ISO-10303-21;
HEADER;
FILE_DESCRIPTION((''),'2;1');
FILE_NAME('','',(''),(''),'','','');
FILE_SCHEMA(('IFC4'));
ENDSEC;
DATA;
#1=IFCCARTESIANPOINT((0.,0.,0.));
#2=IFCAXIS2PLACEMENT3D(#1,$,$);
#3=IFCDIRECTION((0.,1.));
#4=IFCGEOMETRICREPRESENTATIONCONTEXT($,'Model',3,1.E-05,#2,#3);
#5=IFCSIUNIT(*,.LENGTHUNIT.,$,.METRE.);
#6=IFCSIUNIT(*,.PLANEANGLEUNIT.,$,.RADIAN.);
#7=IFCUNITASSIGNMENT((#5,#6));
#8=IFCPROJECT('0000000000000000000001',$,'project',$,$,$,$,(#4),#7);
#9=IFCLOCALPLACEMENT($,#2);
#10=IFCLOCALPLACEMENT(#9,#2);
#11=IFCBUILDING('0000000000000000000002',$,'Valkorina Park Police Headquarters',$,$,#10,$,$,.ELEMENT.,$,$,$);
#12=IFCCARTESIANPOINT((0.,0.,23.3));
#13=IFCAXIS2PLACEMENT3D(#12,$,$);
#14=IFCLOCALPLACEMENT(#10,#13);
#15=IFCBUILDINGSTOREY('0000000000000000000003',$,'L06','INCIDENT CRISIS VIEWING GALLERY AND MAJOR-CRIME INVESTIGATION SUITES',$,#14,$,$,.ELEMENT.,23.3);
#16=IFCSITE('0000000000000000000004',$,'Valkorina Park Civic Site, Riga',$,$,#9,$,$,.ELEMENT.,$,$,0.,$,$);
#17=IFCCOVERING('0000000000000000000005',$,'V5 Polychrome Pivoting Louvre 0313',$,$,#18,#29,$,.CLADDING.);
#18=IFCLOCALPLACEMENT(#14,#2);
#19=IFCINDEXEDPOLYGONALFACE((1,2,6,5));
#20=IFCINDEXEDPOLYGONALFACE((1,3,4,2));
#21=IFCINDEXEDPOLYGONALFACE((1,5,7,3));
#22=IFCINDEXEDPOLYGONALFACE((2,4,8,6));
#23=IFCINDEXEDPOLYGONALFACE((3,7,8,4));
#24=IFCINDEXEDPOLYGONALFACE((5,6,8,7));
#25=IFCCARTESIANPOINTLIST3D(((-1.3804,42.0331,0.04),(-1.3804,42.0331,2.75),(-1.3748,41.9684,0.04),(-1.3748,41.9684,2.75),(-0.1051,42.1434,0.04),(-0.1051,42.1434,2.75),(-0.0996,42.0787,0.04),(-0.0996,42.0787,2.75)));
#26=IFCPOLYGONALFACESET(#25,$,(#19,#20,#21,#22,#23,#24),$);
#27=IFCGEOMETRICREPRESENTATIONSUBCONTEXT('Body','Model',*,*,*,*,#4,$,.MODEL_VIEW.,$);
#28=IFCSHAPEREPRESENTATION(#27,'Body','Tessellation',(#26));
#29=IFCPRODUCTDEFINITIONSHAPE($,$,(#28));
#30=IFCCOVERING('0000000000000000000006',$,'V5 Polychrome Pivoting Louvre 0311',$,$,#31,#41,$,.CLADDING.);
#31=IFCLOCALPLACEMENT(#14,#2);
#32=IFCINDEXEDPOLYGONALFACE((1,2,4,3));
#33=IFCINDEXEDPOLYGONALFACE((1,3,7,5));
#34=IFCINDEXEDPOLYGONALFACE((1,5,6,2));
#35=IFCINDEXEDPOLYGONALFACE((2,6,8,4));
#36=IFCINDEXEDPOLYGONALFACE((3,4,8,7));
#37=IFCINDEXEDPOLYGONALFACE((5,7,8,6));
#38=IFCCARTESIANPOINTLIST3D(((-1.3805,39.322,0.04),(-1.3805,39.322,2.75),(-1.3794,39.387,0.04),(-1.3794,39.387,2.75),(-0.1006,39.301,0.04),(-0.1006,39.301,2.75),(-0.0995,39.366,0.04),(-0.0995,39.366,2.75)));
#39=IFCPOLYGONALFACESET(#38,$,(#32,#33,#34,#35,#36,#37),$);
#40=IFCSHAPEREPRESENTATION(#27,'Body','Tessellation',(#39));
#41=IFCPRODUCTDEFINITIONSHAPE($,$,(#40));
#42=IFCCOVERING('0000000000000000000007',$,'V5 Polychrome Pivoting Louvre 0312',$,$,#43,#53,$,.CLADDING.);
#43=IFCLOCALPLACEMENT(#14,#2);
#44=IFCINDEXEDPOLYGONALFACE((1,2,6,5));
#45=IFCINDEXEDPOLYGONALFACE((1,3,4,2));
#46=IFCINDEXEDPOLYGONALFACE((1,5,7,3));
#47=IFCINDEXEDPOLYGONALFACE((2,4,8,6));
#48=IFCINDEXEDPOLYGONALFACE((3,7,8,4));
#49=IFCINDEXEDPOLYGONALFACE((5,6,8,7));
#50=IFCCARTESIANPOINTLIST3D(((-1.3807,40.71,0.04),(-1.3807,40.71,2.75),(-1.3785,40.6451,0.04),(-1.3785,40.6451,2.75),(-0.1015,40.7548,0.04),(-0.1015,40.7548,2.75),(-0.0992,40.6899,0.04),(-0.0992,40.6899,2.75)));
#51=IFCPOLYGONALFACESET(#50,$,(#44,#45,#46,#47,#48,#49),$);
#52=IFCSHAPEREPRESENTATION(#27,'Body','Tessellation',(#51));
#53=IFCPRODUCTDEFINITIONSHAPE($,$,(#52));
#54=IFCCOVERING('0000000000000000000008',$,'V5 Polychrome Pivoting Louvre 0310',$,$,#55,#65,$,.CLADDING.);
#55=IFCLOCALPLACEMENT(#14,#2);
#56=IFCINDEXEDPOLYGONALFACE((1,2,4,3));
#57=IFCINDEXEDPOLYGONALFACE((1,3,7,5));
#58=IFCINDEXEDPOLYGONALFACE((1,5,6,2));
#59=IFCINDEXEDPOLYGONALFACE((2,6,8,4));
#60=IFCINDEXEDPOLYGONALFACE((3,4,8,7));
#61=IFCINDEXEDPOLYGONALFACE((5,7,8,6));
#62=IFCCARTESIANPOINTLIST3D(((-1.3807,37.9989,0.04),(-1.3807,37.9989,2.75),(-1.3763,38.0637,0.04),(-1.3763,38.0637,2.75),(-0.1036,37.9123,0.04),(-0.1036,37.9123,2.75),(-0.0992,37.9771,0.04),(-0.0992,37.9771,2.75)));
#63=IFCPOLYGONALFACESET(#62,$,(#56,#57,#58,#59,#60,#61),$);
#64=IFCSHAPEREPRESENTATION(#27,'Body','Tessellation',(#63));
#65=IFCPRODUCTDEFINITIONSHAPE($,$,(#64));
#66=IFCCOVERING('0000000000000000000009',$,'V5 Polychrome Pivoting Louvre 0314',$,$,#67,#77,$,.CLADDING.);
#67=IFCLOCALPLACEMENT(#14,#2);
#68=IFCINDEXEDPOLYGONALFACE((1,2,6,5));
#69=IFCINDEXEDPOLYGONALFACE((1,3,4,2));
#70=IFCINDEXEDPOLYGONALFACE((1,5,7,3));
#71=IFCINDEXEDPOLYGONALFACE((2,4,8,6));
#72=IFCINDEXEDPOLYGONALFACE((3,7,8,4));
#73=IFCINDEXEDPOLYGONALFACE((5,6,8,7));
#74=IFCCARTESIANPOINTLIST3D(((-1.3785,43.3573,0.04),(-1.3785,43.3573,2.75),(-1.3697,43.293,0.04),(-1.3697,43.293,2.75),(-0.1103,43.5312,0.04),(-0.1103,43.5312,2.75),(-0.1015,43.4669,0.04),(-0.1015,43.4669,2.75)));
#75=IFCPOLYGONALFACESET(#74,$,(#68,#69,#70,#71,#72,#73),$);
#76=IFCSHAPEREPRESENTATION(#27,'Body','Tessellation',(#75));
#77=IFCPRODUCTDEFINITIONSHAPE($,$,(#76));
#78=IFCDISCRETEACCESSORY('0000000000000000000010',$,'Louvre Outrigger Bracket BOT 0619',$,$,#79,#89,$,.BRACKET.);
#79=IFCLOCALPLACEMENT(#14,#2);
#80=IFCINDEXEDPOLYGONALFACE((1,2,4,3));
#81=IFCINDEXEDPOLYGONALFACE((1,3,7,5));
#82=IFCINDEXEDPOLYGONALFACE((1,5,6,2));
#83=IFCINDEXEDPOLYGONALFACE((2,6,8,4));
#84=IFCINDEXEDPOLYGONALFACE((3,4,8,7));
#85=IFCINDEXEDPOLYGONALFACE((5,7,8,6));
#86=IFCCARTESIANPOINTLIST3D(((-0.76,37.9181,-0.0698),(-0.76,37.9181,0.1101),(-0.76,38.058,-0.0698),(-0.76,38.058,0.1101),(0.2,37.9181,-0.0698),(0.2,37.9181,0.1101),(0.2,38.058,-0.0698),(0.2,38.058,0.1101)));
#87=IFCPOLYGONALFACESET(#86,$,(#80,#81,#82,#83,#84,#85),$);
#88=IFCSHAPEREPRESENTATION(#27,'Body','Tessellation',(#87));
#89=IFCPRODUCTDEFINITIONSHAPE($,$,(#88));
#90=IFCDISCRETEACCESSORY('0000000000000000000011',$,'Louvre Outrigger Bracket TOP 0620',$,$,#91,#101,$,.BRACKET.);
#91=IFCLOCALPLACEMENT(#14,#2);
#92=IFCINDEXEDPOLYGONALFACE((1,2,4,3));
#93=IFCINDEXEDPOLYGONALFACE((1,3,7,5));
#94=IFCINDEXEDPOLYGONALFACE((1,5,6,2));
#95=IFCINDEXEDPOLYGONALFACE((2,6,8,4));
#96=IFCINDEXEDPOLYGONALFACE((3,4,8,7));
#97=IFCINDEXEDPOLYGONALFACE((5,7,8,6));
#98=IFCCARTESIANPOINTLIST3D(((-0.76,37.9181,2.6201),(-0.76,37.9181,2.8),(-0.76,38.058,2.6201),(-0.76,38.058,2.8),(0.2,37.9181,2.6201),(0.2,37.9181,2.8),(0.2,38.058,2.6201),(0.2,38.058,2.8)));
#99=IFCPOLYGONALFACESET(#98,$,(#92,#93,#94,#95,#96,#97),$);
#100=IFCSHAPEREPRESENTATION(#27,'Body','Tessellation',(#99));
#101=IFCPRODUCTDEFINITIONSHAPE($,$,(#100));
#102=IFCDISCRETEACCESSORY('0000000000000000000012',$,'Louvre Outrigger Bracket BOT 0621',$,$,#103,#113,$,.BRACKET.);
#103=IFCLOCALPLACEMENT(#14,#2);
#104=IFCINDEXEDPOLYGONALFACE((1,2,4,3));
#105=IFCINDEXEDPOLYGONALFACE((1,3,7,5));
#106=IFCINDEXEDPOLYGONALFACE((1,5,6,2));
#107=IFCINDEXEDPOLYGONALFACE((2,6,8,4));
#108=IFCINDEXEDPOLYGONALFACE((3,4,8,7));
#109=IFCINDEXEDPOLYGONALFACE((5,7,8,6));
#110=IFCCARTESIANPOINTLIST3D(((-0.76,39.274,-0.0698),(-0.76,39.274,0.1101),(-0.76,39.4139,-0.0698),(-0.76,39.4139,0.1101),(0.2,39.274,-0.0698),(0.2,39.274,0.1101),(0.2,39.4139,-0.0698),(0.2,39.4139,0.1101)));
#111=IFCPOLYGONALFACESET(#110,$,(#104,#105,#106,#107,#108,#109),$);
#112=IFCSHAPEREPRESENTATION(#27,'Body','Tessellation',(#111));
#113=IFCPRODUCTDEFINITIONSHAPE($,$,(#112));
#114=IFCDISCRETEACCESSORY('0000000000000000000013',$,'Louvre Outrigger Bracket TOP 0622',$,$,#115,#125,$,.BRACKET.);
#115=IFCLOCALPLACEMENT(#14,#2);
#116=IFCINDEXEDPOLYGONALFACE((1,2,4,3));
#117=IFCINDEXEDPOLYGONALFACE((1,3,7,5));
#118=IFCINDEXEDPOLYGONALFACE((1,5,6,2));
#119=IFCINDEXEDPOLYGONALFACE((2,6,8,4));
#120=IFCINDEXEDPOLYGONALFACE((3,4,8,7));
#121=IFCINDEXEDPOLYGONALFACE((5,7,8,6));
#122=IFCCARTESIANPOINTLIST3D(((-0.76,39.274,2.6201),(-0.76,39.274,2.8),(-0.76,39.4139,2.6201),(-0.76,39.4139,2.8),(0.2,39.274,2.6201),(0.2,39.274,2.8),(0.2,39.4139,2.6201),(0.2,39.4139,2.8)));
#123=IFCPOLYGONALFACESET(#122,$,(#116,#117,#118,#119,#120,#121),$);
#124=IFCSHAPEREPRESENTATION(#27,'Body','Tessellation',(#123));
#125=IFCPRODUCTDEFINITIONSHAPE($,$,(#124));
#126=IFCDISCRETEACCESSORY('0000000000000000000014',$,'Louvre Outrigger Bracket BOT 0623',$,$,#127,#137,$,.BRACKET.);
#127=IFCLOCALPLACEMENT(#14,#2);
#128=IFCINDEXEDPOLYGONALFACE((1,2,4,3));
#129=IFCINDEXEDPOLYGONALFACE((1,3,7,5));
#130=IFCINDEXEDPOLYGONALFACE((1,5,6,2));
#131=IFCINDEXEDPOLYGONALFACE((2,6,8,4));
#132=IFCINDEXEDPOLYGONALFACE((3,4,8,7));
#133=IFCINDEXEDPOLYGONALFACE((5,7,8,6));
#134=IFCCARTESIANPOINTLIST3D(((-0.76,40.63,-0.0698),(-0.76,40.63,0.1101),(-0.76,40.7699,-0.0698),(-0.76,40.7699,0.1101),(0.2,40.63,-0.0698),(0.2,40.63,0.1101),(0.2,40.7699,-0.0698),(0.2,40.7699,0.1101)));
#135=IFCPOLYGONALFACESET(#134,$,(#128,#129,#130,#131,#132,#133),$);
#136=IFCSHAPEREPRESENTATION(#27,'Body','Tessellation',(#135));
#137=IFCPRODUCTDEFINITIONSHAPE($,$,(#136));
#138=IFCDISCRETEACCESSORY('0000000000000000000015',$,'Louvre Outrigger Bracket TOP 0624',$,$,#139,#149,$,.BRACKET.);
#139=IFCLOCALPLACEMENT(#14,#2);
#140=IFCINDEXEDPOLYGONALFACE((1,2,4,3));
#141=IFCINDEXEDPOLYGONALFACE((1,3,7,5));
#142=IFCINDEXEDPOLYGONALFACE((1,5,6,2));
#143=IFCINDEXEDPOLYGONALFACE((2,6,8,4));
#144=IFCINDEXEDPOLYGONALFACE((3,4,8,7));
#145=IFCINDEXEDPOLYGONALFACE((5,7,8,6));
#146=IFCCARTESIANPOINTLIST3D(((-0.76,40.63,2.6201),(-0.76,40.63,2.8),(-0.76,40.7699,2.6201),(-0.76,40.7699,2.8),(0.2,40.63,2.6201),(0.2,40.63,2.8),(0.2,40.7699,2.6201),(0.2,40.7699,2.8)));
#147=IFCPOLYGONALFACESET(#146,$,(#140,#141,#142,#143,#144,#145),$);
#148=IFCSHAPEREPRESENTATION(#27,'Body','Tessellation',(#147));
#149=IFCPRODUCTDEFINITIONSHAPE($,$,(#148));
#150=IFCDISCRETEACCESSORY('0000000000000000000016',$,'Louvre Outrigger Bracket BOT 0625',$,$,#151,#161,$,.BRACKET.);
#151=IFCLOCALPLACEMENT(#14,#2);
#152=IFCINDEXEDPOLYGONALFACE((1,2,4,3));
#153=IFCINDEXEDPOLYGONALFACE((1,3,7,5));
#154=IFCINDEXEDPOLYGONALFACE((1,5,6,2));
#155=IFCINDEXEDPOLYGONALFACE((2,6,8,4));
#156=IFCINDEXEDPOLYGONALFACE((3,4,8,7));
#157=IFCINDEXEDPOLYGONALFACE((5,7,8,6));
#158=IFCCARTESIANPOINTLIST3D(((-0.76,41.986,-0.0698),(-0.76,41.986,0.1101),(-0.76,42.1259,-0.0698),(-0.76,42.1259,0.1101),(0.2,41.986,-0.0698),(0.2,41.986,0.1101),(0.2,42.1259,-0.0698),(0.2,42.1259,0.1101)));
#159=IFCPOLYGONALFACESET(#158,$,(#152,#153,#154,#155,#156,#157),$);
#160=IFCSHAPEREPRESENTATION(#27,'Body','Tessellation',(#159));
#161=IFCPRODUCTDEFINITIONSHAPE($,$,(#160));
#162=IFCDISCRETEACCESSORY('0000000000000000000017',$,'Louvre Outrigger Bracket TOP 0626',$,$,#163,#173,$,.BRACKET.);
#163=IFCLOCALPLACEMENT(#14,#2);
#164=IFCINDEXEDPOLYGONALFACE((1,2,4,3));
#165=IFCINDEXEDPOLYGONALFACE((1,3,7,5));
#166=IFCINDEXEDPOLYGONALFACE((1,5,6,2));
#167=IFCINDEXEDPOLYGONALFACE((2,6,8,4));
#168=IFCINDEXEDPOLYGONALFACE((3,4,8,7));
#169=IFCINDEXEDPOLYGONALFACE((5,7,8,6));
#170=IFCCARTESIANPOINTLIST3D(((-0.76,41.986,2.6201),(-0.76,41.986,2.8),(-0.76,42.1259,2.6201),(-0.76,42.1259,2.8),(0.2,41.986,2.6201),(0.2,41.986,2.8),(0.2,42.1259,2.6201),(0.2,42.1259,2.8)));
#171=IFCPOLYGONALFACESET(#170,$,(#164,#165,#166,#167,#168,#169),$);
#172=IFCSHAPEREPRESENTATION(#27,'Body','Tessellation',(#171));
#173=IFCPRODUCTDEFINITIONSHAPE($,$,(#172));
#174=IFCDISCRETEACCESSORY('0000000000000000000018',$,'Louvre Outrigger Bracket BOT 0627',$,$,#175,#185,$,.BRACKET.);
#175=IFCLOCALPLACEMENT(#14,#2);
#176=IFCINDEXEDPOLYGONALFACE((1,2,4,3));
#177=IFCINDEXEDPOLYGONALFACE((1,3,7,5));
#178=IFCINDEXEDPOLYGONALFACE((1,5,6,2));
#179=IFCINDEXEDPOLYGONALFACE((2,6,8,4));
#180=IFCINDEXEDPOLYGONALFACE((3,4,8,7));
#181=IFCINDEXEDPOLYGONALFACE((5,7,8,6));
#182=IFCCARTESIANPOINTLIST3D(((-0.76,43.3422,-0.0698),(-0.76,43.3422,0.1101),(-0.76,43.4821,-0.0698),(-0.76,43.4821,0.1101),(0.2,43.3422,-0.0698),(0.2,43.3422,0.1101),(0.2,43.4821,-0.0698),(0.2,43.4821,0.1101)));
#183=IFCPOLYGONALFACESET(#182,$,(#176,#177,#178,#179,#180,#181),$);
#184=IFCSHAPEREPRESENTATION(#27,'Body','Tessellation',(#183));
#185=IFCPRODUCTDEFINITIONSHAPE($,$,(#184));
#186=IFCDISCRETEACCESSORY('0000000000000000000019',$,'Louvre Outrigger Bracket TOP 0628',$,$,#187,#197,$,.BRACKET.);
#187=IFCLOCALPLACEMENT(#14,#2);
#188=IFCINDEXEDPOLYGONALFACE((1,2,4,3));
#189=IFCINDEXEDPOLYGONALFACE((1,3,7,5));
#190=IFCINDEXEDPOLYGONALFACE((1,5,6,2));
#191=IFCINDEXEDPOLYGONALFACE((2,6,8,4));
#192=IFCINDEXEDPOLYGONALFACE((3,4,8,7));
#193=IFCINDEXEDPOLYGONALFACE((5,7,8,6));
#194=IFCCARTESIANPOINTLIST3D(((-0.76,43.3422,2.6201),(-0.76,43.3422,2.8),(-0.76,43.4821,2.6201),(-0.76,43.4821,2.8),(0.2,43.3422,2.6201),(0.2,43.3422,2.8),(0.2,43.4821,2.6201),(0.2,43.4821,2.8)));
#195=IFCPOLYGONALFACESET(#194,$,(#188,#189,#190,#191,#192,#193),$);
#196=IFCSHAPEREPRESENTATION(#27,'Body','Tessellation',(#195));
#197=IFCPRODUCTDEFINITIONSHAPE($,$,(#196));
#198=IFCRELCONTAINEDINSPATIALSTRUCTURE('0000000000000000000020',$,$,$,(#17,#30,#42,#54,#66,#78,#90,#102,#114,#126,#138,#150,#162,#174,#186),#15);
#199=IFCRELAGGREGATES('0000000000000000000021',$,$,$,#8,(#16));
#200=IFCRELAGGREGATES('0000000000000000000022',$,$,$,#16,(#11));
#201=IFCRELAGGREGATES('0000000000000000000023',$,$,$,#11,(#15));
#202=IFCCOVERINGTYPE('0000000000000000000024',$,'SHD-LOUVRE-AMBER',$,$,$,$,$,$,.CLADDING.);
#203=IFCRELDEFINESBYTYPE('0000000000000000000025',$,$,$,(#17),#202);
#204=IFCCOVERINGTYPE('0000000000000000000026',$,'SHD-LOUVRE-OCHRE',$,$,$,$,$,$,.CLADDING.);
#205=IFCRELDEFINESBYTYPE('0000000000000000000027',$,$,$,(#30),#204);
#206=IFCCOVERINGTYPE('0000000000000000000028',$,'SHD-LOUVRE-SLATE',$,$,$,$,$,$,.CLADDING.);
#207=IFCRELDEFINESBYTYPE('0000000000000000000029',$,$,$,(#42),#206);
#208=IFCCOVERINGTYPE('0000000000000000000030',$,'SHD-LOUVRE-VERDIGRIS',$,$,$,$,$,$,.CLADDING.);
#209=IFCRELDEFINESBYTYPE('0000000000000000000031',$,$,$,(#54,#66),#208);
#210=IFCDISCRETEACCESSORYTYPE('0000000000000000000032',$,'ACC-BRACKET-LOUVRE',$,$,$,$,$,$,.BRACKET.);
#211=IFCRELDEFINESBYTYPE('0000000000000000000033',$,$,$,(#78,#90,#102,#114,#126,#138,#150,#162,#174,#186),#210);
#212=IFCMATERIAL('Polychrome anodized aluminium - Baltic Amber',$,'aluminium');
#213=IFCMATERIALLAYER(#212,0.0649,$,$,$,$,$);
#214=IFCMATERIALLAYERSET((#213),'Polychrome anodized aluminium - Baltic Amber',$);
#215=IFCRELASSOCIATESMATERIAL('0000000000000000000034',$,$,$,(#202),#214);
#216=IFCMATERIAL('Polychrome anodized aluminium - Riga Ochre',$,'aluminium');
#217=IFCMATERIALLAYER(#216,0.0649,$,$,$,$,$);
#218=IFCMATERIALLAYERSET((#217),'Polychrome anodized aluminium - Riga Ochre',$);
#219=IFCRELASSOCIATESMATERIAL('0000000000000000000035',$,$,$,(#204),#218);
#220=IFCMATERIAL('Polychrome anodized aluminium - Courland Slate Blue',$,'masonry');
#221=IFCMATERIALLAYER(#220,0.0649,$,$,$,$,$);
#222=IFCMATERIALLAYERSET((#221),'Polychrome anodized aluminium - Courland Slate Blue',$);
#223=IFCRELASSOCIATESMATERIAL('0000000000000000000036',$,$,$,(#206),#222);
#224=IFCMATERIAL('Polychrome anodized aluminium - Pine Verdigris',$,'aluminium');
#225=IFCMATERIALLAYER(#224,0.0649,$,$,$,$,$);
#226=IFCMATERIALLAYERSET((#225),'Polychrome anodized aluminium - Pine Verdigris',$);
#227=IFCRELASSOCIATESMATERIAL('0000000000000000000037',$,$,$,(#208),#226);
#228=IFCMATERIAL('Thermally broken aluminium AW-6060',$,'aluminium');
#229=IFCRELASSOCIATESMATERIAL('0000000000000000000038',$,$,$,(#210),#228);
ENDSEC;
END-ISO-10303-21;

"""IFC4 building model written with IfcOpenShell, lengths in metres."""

from ifc_helpers import new_model, si_unit, direction, frame, origin, origin_2d, place, context, subcontext, project, spatial, rectangle, extrude, material, layer, layer_set, type_object, element, save


model = new_model("IFC4")

# Units and contexts
model_context = context("Model", 3, precision=1e-05, world=origin(), true_north=direction((0.0, 1.0)))
body_context = subcontext(model_context, "Body", "Model", "MODEL_VIEW")
ifc_project = project(units=[si_unit("LENGTHUNIT", "METRE"), si_unit("PLANEANGLEUNIT", "RADIAN")], contexts=[model_context])

# Site, building, storey
site_placement = place(None, origin())
site = spatial("IfcSite", under=ifc_project, at=site_placement, Name="Valkorina Park Civic Site, Riga", CompositionType="ELEMENT", RefElevation=0.0)
building_placement = place(site_placement, origin())
building = spatial("IfcBuilding", under=site, at=building_placement, Name="Valkorina Park Police Headquarters", CompositionType="ELEMENT")
storey_placement = place(building_placement, frame((0.0, 0.0, 23.3)))
storey = spatial("IfcBuildingStorey", under=building, at=storey_placement, Name="L06", Description="INCIDENT CRISIS VIEWING GALLERY AND MAJOR-CRIME INVESTIGATION SUITES", CompositionType="ELEMENT", Elevation=23.3)

# Shared definitions
ifc_material_1 = material(Name="Thermally broken aluminium AW-6060", Category="aluminium")

# Coverings
ifc_material_2 = material(Name="Polychrome anodized aluminium - Baltic Amber", Category="aluminium")
ifc_layer_1 = layer(ifc_material_2, 0.0649)
ifc_layer_set_1 = layer_set([ifc_layer_1], Name="Polychrome anodized aluminium - Baltic Amber")
covering_type_1 = type_object("IfcCoveringType", Name="SHD-LOUVRE-AMBER", PredefinedType="CLADDING", material=ifc_layer_set_1)
covering_1_placement = place(storey_placement, frame((-0.74, 42.0559, 0.04), z_axis=(0.0, 0.0, 1.0), x_axis=(-0.996285, -0.086112, 0.0)))
element("IfcCovering", 1, at=covering_1_placement, inside=storey, type_object=covering_type_1, Name="V5 Polychrome Pivoting Louvre 0313", PredefinedType="CLADDING", context=body_context, shape_type="SweptSolid", body=[
    extrude(rectangle(XDim=1.28, YDim=0.0649, at=origin_2d()), origin(), (0.0, 0.0, 1.0), 2.71),
])
ifc_material_3 = material(Name="Polychrome anodized aluminium - Riga Ochre", Category="aluminium")
ifc_layer_2 = layer(ifc_material_3, 0.0649)
ifc_layer_set_2 = layer_set([ifc_layer_2], Name="Polychrome anodized aluminium - Riga Ochre")
covering_type_2 = type_object("IfcCoveringType", Name="SHD-LOUVRE-OCHRE", PredefinedType="CLADDING", material=ifc_layer_set_2)
covering_2_placement = place(storey_placement, frame((-0.74, 39.344, 0.04), z_axis=(0.0, 0.0, 1.0), x_axis=(-0.999865, 0.016405, 0.0)))
element("IfcCovering", 2, at=covering_2_placement, inside=storey, type_object=covering_type_2, Name="V5 Polychrome Pivoting Louvre 0311", PredefinedType="CLADDING", context=body_context, shape_type="SweptSolid", body=[
    extrude(rectangle(XDim=1.28, YDim=0.0649, at=origin_2d()), origin(), (0.0, 0.0, 1.0), 2.71),
])
ifc_material_4 = material(Name="Polychrome anodized aluminium - Courland Slate Blue", Category="masonry")
ifc_layer_3 = layer(ifc_material_4, 0.0649)
ifc_layer_set_3 = layer_set([ifc_layer_3], Name="Polychrome anodized aluminium - Courland Slate Blue")
covering_type_3 = type_object("IfcCoveringType", Name="SHD-LOUVRE-SLATE", PredefinedType="CLADDING", material=ifc_layer_set_3)
covering_3_placement = place(storey_placement, frame((-0.74, 40.7, 0.04), z_axis=(0.0, 0.0, 1.0), x_axis=(-0.999385, -0.035074, 0.0)))
element("IfcCovering", 3, at=covering_3_placement, inside=storey, type_object=covering_type_3, Name="V5 Polychrome Pivoting Louvre 0312", PredefinedType="CLADDING", context=body_context, shape_type="SweptSolid", body=[
    extrude(rectangle(XDim=1.28, YDim=0.0649, at=origin_2d()), origin(), (0.0, 0.0, 1.0), 2.71),
])
ifc_material_5 = material(Name="Polychrome anodized aluminium - Pine Verdigris", Category="aluminium")
ifc_layer_4 = layer(ifc_material_5, 0.0649)
ifc_layer_set_4 = layer_set([ifc_layer_4], Name="Polychrome anodized aluminium - Pine Verdigris")
covering_type_4 = type_object("IfcCoveringType", Name="SHD-LOUVRE-VERDIGRIS", PredefinedType="CLADDING", material=ifc_layer_set_4)
for number, where, z_axis, x_axis, name in (
    (4, (-0.74, 37.988, 0.04), (0.0, 0.0, 1.0), (-0.997708, 0.067667, 0.0), "V5 Polychrome Pivoting Louvre 0310"),
    (5, (-0.74, 43.4121, 0.04), (0.0, 0.0, 1.0), (-0.990724, -0.135888, 0.0), "V5 Polychrome Pivoting Louvre 0314"),
):
    element("IfcCovering", number, at=place(storey_placement, frame(where, z_axis=z_axis, x_axis=x_axis)), inside=storey, type_object=covering_type_4, Name=name, PredefinedType="CLADDING", context=body_context, shape_type="SweptSolid", body=[
        extrude(rectangle(XDim=1.28, YDim=0.0649, at=origin_2d()), origin(), (0.0, 0.0, 1.0), 2.71),
    ])

# Discrete accessories
discrete_accessory_type = type_object("IfcDiscreteAccessoryType", Name="ACC-BRACKET-LOUVRE", PredefinedType="BRACKET", material=ifc_material_1)
for number, where, z_axis, x_axis, name in (
    (6, (-0.28, 37.988, -0.0698), (0.0, 0.0, 1.0), (-1.0, 0.0, 0.0), "Louvre Outrigger Bracket BOT 0619"),
    (7, (-0.28, 37.988, 2.6201), (0.0, 0.0, 1.0), (-1.0, 0.0, 0.0), "Louvre Outrigger Bracket TOP 0620"),
    (8, (-0.28, 39.344, -0.0698), (0.0, 0.0, 1.0), (-1.0, 0.0, 0.0), "Louvre Outrigger Bracket BOT 0621"),
    (9, (-0.28, 39.344, 2.6201), (0.0, 0.0, 1.0), (-1.0, 0.0, 0.0), "Louvre Outrigger Bracket TOP 0622"),
    (10, (-0.28, 40.7, -0.0698), (0.0, 0.0, 1.0), (-1.0, 0.0, 0.0), "Louvre Outrigger Bracket BOT 0623"),
    (11, (-0.28, 40.7, 2.6201), (0.0, 0.0, 1.0), (-1.0, 0.0, 0.0), "Louvre Outrigger Bracket TOP 0624"),
    (12, (-0.28, 42.0559, -0.0698), (0.0, 0.0, 1.0), (-1.0, 0.0, 0.0), "Louvre Outrigger Bracket BOT 0625"),
    (13, (-0.28, 42.0559, 2.6201), (0.0, 0.0, 1.0), (-1.0, 0.0, 0.0), "Louvre Outrigger Bracket TOP 0626"),
    (14, (-0.28, 43.4121, -0.0698), (0.0, 0.0, 1.0), (-1.0, 0.0, 0.0), "Louvre Outrigger Bracket BOT 0627"),
    (15, (-0.28, 43.4121, 2.6201), (0.0, 0.0, 1.0), (-1.0, 0.0, 0.0), "Louvre Outrigger Bracket TOP 0628"),
):
    element("IfcDiscreteAccessory", number, at=place(storey_placement, frame(where, z_axis=z_axis, x_axis=x_axis)), inside=storey, type_object=discrete_accessory_type, Name=name, PredefinedType="BRACKET", context=body_context, shape_type="SweptSolid", body=[
        extrude(rectangle(XDim=0.96, YDim=0.1399, at=origin_2d()), origin(), (0.0, 0.0, 1.0), 0.1799),
    ])

save(model, "model.ifc")
